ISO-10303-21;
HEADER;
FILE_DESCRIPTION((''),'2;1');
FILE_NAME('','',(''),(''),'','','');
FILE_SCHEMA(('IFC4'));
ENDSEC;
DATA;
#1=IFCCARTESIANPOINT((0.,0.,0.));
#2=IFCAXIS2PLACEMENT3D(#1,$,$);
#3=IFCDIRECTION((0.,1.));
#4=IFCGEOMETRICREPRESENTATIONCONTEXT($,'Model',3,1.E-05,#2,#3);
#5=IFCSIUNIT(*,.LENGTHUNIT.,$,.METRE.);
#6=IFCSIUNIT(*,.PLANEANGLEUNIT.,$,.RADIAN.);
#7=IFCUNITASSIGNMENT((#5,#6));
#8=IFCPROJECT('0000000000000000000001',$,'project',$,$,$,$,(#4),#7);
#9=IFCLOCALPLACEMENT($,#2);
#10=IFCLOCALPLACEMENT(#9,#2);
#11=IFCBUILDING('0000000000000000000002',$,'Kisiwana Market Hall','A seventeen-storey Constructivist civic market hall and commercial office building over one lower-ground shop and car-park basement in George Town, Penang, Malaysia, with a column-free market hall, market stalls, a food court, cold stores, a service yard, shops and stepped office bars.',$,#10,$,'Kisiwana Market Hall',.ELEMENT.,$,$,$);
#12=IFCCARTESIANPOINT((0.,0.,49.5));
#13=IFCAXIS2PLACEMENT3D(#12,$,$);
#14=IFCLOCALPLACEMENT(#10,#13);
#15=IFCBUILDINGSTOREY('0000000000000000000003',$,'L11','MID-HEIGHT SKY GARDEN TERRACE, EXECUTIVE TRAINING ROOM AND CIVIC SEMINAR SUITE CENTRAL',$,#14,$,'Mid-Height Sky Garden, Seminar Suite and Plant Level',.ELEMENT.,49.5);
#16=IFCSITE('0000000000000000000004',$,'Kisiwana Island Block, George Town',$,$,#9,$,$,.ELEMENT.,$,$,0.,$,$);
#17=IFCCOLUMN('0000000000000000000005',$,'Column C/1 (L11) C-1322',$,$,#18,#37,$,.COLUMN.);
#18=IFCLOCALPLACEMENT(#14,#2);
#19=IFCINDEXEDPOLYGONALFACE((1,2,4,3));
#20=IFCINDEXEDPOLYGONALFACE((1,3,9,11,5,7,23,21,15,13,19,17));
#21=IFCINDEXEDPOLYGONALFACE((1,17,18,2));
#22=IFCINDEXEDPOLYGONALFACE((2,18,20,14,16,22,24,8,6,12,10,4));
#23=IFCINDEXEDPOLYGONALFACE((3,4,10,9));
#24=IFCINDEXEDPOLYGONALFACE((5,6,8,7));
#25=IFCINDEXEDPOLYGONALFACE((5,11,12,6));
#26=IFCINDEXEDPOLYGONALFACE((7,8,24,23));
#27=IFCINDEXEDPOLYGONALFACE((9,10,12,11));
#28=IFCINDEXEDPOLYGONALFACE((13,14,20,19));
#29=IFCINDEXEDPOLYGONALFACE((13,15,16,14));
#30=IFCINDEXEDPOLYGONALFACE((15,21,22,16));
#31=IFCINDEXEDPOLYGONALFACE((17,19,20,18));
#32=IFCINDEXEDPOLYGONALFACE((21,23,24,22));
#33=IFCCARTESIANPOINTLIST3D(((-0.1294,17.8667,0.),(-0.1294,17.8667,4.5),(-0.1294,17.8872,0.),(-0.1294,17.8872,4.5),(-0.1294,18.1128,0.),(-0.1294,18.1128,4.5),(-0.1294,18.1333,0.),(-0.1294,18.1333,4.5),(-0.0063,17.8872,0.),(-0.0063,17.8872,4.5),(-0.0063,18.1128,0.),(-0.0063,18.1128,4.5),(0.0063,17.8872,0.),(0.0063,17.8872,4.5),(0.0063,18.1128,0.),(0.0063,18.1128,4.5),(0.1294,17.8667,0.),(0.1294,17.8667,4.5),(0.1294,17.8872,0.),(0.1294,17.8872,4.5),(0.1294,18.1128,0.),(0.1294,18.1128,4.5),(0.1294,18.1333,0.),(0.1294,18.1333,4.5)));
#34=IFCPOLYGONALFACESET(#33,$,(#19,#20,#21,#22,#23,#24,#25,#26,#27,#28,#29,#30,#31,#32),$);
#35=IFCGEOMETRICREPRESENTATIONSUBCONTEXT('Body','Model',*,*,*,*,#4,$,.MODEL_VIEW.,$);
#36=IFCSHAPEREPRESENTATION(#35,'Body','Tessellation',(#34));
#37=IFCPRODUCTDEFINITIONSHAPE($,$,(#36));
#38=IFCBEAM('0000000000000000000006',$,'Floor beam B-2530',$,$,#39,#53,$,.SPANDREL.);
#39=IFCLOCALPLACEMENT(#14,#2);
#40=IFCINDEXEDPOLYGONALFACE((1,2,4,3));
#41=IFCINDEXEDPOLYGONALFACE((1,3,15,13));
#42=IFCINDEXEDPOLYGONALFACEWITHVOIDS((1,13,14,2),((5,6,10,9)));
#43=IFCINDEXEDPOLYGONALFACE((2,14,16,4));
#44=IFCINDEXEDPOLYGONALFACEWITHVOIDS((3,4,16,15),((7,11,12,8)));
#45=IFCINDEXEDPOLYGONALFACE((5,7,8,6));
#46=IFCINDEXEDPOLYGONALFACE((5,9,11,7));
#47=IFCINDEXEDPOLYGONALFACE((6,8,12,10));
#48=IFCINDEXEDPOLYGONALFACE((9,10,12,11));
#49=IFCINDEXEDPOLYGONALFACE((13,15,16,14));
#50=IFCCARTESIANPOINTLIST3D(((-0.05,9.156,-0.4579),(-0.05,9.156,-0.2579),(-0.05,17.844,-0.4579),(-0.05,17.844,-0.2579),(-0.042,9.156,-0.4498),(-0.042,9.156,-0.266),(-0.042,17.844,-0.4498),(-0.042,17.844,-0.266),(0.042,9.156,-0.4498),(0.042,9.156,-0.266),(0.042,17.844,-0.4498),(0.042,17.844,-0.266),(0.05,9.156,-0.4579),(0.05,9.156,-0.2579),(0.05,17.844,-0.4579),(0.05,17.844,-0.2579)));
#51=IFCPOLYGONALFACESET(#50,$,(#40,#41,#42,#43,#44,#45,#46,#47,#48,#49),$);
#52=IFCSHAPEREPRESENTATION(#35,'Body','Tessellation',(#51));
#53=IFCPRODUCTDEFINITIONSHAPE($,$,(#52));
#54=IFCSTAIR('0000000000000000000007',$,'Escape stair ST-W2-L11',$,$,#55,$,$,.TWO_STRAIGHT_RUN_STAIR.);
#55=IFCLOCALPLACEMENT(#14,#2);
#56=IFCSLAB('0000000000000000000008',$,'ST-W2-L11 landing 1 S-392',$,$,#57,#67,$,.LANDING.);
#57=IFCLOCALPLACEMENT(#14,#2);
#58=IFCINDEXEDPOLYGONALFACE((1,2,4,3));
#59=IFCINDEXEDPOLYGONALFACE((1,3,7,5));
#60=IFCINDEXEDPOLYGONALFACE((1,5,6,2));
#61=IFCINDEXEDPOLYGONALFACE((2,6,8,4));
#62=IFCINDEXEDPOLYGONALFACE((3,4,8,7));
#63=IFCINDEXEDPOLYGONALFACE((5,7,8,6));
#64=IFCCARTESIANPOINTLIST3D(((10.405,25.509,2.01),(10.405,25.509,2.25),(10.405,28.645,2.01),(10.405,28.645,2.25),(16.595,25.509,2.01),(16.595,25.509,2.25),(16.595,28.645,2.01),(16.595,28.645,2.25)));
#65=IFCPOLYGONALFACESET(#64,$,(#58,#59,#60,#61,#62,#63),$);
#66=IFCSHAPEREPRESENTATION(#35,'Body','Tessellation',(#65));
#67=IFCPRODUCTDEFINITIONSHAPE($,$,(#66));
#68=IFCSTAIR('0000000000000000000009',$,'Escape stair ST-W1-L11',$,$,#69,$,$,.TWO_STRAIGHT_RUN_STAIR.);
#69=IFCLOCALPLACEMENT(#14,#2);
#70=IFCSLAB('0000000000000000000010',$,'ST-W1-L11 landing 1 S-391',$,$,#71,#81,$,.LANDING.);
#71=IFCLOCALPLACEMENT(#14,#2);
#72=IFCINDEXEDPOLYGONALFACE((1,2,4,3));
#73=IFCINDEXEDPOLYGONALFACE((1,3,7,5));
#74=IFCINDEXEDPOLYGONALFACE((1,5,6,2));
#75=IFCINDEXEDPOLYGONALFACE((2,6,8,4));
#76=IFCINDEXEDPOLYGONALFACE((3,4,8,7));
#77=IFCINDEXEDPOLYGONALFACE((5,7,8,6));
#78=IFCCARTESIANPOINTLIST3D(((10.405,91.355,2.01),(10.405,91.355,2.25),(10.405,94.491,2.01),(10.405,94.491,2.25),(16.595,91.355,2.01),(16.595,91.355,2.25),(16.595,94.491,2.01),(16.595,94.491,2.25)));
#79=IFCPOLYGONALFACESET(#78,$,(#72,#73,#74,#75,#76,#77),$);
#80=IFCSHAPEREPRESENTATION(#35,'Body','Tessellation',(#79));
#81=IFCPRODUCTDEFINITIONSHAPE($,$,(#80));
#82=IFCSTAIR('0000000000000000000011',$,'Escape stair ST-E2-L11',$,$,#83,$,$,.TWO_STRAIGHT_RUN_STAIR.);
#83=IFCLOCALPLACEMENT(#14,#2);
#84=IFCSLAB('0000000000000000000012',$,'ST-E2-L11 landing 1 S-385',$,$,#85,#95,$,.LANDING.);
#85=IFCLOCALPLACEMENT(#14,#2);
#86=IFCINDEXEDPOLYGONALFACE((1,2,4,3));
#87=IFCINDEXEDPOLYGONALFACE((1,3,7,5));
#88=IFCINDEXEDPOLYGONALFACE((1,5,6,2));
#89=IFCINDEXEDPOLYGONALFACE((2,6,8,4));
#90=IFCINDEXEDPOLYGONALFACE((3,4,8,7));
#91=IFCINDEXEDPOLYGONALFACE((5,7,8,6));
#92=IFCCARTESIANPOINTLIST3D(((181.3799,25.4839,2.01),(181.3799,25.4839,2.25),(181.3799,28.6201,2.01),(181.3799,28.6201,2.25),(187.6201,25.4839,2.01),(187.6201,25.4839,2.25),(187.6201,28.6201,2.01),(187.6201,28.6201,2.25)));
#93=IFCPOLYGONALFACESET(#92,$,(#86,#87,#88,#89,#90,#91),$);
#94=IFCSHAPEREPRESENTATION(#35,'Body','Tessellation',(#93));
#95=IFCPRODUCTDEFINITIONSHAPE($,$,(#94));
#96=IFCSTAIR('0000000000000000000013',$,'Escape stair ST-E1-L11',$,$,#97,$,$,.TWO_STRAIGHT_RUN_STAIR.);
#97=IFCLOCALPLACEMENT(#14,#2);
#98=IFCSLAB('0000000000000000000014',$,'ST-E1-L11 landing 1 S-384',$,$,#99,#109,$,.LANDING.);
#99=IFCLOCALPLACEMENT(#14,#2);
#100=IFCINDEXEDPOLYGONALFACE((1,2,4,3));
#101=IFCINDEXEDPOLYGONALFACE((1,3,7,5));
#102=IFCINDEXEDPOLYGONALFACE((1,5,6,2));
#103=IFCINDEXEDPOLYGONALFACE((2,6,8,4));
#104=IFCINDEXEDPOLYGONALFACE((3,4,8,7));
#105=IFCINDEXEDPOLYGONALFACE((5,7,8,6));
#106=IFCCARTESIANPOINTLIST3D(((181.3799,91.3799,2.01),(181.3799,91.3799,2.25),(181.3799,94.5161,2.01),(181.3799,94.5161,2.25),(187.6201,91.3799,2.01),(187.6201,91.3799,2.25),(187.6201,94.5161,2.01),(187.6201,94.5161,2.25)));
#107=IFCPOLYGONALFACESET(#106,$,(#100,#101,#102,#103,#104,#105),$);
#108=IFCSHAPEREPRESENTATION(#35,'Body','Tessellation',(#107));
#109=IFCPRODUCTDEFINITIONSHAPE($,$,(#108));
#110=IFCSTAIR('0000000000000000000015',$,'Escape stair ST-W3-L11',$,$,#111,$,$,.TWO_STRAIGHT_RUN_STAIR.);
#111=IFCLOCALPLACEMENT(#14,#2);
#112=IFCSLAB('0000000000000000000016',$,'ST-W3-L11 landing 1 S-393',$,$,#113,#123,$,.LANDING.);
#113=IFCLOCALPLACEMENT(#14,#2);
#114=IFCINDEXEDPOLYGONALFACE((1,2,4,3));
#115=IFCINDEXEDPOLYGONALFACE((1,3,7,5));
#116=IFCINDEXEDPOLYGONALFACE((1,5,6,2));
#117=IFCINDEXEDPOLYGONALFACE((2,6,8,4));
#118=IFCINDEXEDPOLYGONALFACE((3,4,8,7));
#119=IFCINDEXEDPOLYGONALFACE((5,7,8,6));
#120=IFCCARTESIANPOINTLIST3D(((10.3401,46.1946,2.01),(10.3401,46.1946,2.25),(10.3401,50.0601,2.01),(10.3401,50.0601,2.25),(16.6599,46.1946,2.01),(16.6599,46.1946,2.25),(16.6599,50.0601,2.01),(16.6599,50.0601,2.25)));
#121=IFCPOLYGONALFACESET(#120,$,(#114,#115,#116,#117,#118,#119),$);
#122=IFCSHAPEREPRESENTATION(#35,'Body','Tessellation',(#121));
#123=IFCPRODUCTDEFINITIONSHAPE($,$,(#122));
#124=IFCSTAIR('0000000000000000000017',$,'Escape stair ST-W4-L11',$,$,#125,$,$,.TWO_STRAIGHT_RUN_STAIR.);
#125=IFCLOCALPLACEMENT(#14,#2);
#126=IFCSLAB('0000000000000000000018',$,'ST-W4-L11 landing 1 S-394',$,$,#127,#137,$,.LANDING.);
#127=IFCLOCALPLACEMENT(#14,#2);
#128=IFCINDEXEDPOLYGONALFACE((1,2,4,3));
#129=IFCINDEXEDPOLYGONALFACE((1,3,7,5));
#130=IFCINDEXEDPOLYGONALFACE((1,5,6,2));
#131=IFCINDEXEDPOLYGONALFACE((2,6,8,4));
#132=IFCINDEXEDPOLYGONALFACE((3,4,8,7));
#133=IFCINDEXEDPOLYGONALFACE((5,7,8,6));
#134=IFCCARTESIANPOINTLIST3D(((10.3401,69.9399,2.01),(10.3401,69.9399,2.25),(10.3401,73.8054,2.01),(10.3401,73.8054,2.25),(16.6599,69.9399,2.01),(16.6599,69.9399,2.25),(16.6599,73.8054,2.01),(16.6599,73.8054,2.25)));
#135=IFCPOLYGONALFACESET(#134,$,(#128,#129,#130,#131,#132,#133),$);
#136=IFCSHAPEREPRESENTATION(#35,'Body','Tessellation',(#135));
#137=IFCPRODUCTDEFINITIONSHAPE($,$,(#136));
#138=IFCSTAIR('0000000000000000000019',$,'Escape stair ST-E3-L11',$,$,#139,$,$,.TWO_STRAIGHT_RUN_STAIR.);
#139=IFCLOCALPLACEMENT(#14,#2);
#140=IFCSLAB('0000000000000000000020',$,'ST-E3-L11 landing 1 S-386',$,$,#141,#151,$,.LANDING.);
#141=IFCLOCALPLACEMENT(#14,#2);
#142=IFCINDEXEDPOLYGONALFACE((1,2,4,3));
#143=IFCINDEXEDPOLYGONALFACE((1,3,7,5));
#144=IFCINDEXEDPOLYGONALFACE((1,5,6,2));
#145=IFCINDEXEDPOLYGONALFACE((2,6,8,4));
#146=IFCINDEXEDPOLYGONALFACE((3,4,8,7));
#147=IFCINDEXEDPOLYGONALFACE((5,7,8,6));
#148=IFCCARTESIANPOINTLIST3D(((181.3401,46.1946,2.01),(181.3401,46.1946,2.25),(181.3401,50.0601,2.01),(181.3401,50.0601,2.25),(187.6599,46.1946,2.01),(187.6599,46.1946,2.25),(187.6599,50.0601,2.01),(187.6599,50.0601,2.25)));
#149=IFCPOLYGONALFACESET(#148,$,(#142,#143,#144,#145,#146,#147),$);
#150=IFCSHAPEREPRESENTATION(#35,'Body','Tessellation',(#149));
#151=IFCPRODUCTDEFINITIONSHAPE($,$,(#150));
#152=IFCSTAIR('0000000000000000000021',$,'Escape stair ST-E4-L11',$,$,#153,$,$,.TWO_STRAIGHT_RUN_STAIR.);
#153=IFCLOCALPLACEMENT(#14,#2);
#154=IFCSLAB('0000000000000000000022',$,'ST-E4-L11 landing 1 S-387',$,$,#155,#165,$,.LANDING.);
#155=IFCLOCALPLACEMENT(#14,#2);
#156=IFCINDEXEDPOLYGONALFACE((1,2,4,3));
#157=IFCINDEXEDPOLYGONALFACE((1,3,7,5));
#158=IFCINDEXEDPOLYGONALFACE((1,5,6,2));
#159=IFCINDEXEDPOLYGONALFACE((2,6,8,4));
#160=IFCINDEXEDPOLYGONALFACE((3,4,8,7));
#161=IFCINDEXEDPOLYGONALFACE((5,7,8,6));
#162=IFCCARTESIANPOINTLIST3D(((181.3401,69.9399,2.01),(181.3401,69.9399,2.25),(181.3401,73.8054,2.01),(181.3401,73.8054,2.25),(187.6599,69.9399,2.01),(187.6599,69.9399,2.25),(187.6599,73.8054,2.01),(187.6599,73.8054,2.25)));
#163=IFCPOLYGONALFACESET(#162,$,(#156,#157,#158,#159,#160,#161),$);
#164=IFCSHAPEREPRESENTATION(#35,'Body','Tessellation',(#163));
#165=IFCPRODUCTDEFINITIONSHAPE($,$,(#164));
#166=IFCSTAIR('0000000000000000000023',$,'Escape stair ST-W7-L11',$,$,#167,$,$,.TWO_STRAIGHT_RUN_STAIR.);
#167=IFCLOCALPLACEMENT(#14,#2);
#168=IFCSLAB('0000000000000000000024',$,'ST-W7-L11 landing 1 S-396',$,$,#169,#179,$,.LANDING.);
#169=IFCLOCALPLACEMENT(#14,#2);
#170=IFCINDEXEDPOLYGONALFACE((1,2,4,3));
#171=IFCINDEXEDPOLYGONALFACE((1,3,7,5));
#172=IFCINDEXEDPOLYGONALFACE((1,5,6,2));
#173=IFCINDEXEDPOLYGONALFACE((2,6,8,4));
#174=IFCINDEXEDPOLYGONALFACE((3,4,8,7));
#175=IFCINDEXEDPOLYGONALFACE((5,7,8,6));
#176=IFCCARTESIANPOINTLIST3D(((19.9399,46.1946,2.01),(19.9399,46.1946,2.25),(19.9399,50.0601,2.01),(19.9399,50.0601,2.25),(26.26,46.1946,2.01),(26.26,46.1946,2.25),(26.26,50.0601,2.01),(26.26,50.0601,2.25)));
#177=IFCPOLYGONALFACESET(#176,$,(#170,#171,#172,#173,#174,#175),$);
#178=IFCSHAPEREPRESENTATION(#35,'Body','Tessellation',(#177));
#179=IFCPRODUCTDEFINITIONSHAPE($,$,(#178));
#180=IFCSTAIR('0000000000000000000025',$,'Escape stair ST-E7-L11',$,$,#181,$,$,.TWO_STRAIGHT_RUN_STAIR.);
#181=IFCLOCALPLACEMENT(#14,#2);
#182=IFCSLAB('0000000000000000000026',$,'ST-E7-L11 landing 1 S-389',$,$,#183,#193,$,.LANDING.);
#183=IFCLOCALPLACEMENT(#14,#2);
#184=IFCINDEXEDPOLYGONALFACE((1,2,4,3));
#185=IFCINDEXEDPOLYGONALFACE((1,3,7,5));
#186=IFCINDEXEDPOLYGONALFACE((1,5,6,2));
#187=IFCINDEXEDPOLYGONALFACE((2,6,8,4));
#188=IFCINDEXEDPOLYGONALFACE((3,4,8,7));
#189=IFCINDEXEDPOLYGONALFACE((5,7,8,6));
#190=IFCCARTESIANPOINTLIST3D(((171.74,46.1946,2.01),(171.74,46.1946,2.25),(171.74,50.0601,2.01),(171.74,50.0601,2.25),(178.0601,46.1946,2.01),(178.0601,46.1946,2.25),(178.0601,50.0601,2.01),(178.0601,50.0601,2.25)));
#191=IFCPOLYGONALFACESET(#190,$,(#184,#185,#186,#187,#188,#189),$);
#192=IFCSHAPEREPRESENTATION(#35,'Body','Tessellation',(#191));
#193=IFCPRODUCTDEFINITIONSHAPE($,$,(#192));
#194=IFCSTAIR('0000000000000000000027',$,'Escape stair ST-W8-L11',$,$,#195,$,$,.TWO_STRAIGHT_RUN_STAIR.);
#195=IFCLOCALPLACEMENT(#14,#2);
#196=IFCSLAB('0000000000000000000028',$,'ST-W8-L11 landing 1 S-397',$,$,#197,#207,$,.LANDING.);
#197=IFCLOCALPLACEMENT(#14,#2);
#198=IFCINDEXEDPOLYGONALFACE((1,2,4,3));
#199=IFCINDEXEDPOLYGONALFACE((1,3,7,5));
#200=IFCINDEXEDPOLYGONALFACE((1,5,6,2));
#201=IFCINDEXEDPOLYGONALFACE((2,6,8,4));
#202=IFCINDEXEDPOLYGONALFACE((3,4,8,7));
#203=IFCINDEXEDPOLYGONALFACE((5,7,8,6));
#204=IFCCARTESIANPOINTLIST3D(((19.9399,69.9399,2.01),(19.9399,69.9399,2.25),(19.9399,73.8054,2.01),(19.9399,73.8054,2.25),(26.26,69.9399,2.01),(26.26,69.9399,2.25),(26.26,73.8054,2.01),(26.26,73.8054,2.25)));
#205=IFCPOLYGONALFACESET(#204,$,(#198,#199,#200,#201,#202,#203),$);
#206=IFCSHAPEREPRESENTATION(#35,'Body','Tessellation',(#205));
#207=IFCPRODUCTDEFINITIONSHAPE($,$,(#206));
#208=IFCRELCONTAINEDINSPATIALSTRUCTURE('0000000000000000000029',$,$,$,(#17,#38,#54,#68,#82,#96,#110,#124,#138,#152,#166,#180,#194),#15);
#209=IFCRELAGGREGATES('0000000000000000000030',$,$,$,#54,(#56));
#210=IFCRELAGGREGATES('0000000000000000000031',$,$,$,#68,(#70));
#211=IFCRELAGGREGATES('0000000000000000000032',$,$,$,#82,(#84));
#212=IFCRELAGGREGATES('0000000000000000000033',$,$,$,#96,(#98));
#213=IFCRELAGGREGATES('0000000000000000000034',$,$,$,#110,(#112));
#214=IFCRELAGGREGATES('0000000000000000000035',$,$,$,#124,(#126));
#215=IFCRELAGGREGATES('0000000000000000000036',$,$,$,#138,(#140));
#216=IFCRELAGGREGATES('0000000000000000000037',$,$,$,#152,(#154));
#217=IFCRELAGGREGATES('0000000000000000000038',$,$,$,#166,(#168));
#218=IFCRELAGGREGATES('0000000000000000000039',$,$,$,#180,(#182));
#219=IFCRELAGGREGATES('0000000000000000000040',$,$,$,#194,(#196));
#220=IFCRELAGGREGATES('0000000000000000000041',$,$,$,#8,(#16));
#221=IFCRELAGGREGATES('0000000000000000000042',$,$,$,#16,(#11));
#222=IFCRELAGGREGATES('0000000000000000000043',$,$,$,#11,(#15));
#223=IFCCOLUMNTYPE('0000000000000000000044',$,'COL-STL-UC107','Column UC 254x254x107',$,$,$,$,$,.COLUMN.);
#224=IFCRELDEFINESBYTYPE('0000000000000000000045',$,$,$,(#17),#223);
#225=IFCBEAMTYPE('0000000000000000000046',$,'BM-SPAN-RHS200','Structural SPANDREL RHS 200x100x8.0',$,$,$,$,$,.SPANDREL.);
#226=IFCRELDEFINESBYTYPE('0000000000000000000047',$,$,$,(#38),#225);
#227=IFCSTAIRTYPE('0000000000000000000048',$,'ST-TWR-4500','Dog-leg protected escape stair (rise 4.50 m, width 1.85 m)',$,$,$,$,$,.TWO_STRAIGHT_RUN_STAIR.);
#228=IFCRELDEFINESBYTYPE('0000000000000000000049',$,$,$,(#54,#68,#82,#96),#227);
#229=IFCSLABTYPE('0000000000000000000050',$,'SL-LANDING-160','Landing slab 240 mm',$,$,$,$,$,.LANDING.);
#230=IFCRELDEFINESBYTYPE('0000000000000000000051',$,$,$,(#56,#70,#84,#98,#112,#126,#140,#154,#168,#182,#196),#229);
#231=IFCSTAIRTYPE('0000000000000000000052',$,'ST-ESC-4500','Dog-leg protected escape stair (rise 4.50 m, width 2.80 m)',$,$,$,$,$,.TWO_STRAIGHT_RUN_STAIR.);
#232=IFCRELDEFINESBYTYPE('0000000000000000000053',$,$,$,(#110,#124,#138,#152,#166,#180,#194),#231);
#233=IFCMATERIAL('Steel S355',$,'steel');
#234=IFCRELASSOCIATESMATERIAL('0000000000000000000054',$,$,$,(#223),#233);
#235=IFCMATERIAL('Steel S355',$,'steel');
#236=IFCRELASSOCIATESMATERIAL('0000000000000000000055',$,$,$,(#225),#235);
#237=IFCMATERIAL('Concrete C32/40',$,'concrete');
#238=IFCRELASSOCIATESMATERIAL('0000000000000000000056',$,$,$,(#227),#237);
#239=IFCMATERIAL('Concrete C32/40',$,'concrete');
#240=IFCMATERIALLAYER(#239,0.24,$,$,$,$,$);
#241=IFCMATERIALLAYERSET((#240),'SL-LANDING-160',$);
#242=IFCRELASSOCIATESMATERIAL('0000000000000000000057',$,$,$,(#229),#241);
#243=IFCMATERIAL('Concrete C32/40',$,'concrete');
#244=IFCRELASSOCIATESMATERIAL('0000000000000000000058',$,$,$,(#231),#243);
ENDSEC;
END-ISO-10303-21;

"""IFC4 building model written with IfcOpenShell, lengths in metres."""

from ifc_helpers import new_model, si_unit, direction, frame, origin, origin_2d, place, context, subcontext, project, spatial, polyline, hollow_rectangle, i_section, outline, extrude, material, layer, layer_set, material_profile, profile_set, type_object, element, aggregate, save


model = new_model("IFC4")

# Units and contexts
model_context = context("Model", 3, precision=1e-05, world=origin(), true_north=direction((0.0, 1.0)))
body_context = subcontext(model_context, "Body", "Model", "MODEL_VIEW")
ifc_project = project(units=[si_unit("LENGTHUNIT", "METRE"), si_unit("PLANEANGLEUNIT", "RADIAN")], contexts=[model_context])

# Site, building, storey
site_placement = place(None, origin())
site = spatial("IfcSite", under=ifc_project, at=site_placement, Name="Kisiwana Island Block, George Town", CompositionType="ELEMENT", RefElevation=0.0)
building_placement = place(site_placement, origin())
building = spatial("IfcBuilding", under=site, at=building_placement, Name="Kisiwana Market Hall", Description="A seventeen-storey Constructivist civic market hall and commercial office building over one lower-ground shop and car-park basement in George Town, Penang, Malaysia, with a column-free market hall, market stalls, a food court, cold stores, a service yard, shops and stepped office bars.", LongName="Kisiwana Market Hall", CompositionType="ELEMENT")
storey_placement = place(building_placement, frame((0.0, 0.0, 49.5)))
storey = spatial("IfcBuildingStorey", under=building, at=storey_placement, Name="L11", Description="MID-HEIGHT SKY GARDEN TERRACE, EXECUTIVE TRAINING ROOM AND CIVIC SEMINAR SUITE CENTRAL", LongName="Mid-Height Sky Garden, Seminar Suite and Plant Level", CompositionType="ELEMENT", Elevation=49.5)

# Column
ifc_material_1 = material(Name="Steel S355", Category="steel")
ifc_material_profile_1 = material_profile(ifc_material_1, i_section(OverallWidth=0.2588, OverallDepth=0.2666, WebThickness=0.0127, FlangeThickness=0.0205, at=origin_2d()), Name="UC 254x254x107")
ifc_profile_set_1 = profile_set([ifc_material_profile_1], Name="Steel S355")
column_type = type_object("IfcColumnType", Name="COL-STL-UC107", Description="Column UC 254x254x107", PredefinedType="COLUMN", material=ifc_profile_set_1)
column_placement = place(storey_placement, frame((0.0, 18.0, 0.0), z_axis=(0.0, 0.0, 1.0), x_axis=(1.0, 0.0, 0.0)))
element("IfcColumn", 1, at=column_placement, inside=storey, type_object=column_type, Name="Column C/1 (L11) C-1322", PredefinedType="COLUMN", context=body_context, shape_type="SweptSolid", body=[
    extrude(i_section(OverallWidth=0.2588, OverallDepth=0.2666, WebThickness=0.0127, FlangeThickness=0.0205, at=origin_2d()), origin(), (0.0, 0.0, 1.0), 4.5),
])

# Beam
ifc_material_2 = material(Name="Steel S355", Category="steel")
ifc_material_profile_2 = material_profile(ifc_material_2, hollow_rectangle(XDim=0.1001, YDim=0.2, WallThickness=0.0081, at=origin_2d()), Name="RHS 200x100x8.0")
ifc_profile_set_2 = profile_set([ifc_material_profile_2], Name="Steel S355")
beam_type = type_object("IfcBeamType", Name="BM-SPAN-RHS200", Description="Structural SPANDREL RHS 200x100x8.0", PredefinedType="SPANDREL", material=ifc_profile_set_2)
beam_placement = place(storey_placement, frame((0.0, 9.156, -0.3579), z_axis=(0.0, 1.0, 0.0), x_axis=(-1.0, 0.0, 0.0)))
element("IfcBeam", 2, at=beam_placement, inside=storey, type_object=beam_type, Name="Floor beam B-2530", PredefinedType="SPANDREL", context=body_context, shape_type="SweptSolid", body=[
    extrude(hollow_rectangle(XDim=0.1001, YDim=0.2, WallThickness=0.0081, at=origin_2d()), origin(), (0.0, 0.0, 1.0), 8.688),
])

# Stairs, slabs
ifc_material_3 = material(Name="Concrete C32/40", Category="concrete")
stair_type_1 = type_object("IfcStairType", Name="ST-TWR-4500", Description="Dog-leg protected escape stair (rise 4.50 m, width 1.85 m)", PredefinedType="TWO_STRAIGHT_RUN_STAIR", material=ifc_material_3)
stair_1_placement = place(storey_placement, origin())
stair_1 = element("IfcStair", 3, at=stair_1_placement, inside=storey, type_object=stair_type_1, Name="Escape stair ST-W2-L11", PredefinedType="TWO_STRAIGHT_RUN_STAIR")
ifc_material_4 = material(Name="Concrete C32/40", Category="concrete")
ifc_layer_1 = layer(ifc_material_4, 0.24)
ifc_layer_set_1 = layer_set([ifc_layer_1], Name="SL-LANDING-160")
slab_type_1 = type_object("IfcSlabType", Name="SL-LANDING-160", Description="Landing slab 240 mm", PredefinedType="LANDING", material=ifc_layer_set_1)
slab_1_placement = place(storey_placement, frame((0.0, 0.0, 2.01)))
slab_1 = element("IfcSlab", 4, at=slab_1_placement, type_object=slab_type_1, Name="ST-W2-L11 landing 1 S-392", PredefinedType="LANDING", context=body_context, shape_type="SweptSolid", body=[
    extrude(outline(polyline([(10.405, 25.509), (16.595, 25.509), (16.595, 28.645), (10.405, 28.645), (10.405, 25.509)])), origin(), (0.0, 0.0, 1.0), 0.24),
])
aggregate(stair_1, [slab_1])
stair_2_placement = place(storey_placement, origin())
stair_2 = element("IfcStair", 5, at=stair_2_placement, inside=storey, type_object=stair_type_1, Name="Escape stair ST-W1-L11", PredefinedType="TWO_STRAIGHT_RUN_STAIR")
slab_2_placement = place(storey_placement, frame((0.0, 0.0, 2.01)))
slab_2 = element("IfcSlab", 6, at=slab_2_placement, type_object=slab_type_1, Name="ST-W1-L11 landing 1 S-391", PredefinedType="LANDING", context=body_context, shape_type="SweptSolid", body=[
    extrude(outline(polyline([(10.405, 91.355), (16.595, 91.355), (16.595, 94.491), (10.405, 94.491), (10.405, 91.355)])), origin(), (0.0, 0.0, 1.0), 0.24),
])
aggregate(stair_2, [slab_2])
stair_3_placement = place(storey_placement, origin())
stair_3 = element("IfcStair", 7, at=stair_3_placement, inside=storey, type_object=stair_type_1, Name="Escape stair ST-E2-L11", PredefinedType="TWO_STRAIGHT_RUN_STAIR")
slab_3_placement = place(storey_placement, frame((0.0, 0.0, 2.01)))
slab_3 = element("IfcSlab", 8, at=slab_3_placement, type_object=slab_type_1, Name="ST-E2-L11 landing 1 S-385", PredefinedType="LANDING", context=body_context, shape_type="SweptSolid", body=[
    extrude(outline(polyline([(181.3799, 25.4839), (187.6201, 25.4839), (187.6201, 28.6201), (181.3799, 28.6201), (181.3799, 25.4839)])), origin(), (0.0, 0.0, 1.0), 0.24),
])
aggregate(stair_3, [slab_3])
stair_4_placement = place(storey_placement, origin())
stair_4 = element("IfcStair", 9, at=stair_4_placement, inside=storey, type_object=stair_type_1, Name="Escape stair ST-E1-L11", PredefinedType="TWO_STRAIGHT_RUN_STAIR")
slab_4_placement = place(storey_placement, frame((0.0, 0.0, 2.01)))
slab_4 = element("IfcSlab", 10, at=slab_4_placement, type_object=slab_type_1, Name="ST-E1-L11 landing 1 S-384", PredefinedType="LANDING", context=body_context, shape_type="SweptSolid", body=[
    extrude(outline(polyline([(181.3799, 91.3799), (187.6201, 91.3799), (187.6201, 94.5161), (181.3799, 94.5161), (181.3799, 91.3799)])), origin(), (0.0, 0.0, 1.0), 0.24),
])
aggregate(stair_4, [slab_4])
ifc_material_5 = material(Name="Concrete C32/40", Category="concrete")
stair_type_2 = type_object("IfcStairType", Name="ST-ESC-4500", Description="Dog-leg protected escape stair (rise 4.50 m, width 2.80 m)", PredefinedType="TWO_STRAIGHT_RUN_STAIR", material=ifc_material_5)
stair_5_placement = place(storey_placement, origin())
stair_5 = element("IfcStair", 11, at=stair_5_placement, inside=storey, type_object=stair_type_2, Name="Escape stair ST-W3-L11", PredefinedType="TWO_STRAIGHT_RUN_STAIR")
slab_5_placement = place(storey_placement, frame((0.0, 0.0, 2.01)))
slab_5 = element("IfcSlab", 12, at=slab_5_placement, type_object=slab_type_1, Name="ST-W3-L11 landing 1 S-393", PredefinedType="LANDING", context=body_context, shape_type="SweptSolid", body=[
    extrude(outline(polyline([(10.3401, 46.1946), (16.6599, 46.1946), (16.6599, 50.0601), (10.3401, 50.0601), (10.3401, 46.1946)])), origin(), (0.0, 0.0, 1.0), 0.24),
])
aggregate(stair_5, [slab_5])
stair_6_placement = place(storey_placement, origin())
stair_6 = element("IfcStair", 13, at=stair_6_placement, inside=storey, type_object=stair_type_2, Name="Escape stair ST-W4-L11", PredefinedType="TWO_STRAIGHT_RUN_STAIR")
slab_6_placement = place(storey_placement, frame((0.0, 0.0, 2.01)))
slab_6 = element("IfcSlab", 14, at=slab_6_placement, type_object=slab_type_1, Name="ST-W4-L11 landing 1 S-394", PredefinedType="LANDING", context=body_context, shape_type="SweptSolid", body=[
    extrude(outline(polyline([(10.3401, 69.9399), (16.6599, 69.9399), (16.6599, 73.8054), (10.3401, 73.8054), (10.3401, 69.9399)])), origin(), (0.0, 0.0, 1.0), 0.24),
])
aggregate(stair_6, [slab_6])
stair_7_placement = place(storey_placement, origin())
stair_7 = element("IfcStair", 15, at=stair_7_placement, inside=storey, type_object=stair_type_2, Name="Escape stair ST-E3-L11", PredefinedType="TWO_STRAIGHT_RUN_STAIR")
slab_7_placement = place(storey_placement, frame((0.0, 0.0, 2.01)))
slab_7 = element("IfcSlab", 16, at=slab_7_placement, type_object=slab_type_1, Name="ST-E3-L11 landing 1 S-386", PredefinedType="LANDING", context=body_context, shape_type="SweptSolid", body=[
    extrude(outline(polyline([(181.3401, 46.1946), (187.6599, 46.1946), (187.6599, 50.0601), (181.3401, 50.0601), (181.3401, 46.1946)])), origin(), (0.0, 0.0, 1.0), 0.24),
])
aggregate(stair_7, [slab_7])
stair_8_placement = place(storey_placement, origin())
stair_8 = element("IfcStair", 17, at=stair_8_placement, inside=storey, type_object=stair_type_2, Name="Escape stair ST-E4-L11", PredefinedType="TWO_STRAIGHT_RUN_STAIR")
slab_8_placement = place(storey_placement, frame((0.0, 0.0, 2.01)))
slab_8 = element("IfcSlab", 18, at=slab_8_placement, type_object=slab_type_1, Name="ST-E4-L11 landing 1 S-387", PredefinedType="LANDING", context=body_context, shape_type="SweptSolid", body=[
    extrude(outline(polyline([(181.3401, 69.9399), (187.6599, 69.9399), (187.6599, 73.8054), (181.3401, 73.8054), (181.3401, 69.9399)])), origin(), (0.0, 0.0, 1.0), 0.24),
])
aggregate(stair_8, [slab_8])
stair_9_placement = place(storey_placement, origin())
stair_9 = element("IfcStair", 19, at=stair_9_placement, inside=storey, type_object=stair_type_2, Name="Escape stair ST-W7-L11", PredefinedType="TWO_STRAIGHT_RUN_STAIR")
slab_9_placement = place(storey_placement, frame((0.0, 0.0, 2.01)))
slab_9 = element("IfcSlab", 20, at=slab_9_placement, type_object=slab_type_1, Name="ST-W7-L11 landing 1 S-396", PredefinedType="LANDING", context=body_context, shape_type="SweptSolid", body=[
    extrude(outline(polyline([(19.9399, 46.1946), (26.26, 46.1946), (26.26, 50.0601), (19.9399, 50.0601), (19.9399, 46.1946)])), origin(), (0.0, 0.0, 1.0), 0.24),
])
aggregate(stair_9, [slab_9])
stair_10_placement = place(storey_placement, origin())
stair_10 = element("IfcStair", 21, at=stair_10_placement, inside=storey, type_object=stair_type_2, Name="Escape stair ST-E7-L11", PredefinedType="TWO_STRAIGHT_RUN_STAIR")
slab_10_placement = place(storey_placement, frame((0.0, 0.0, 2.01)))
slab_10 = element("IfcSlab", 22, at=slab_10_placement, type_object=slab_type_1, Name="ST-E7-L11 landing 1 S-389", PredefinedType="LANDING", context=body_context, shape_type="SweptSolid", body=[
    extrude(outline(polyline([(171.74, 46.1946), (178.0601, 46.1946), (178.0601, 50.0601), (171.74, 50.0601), (171.74, 46.1946)])), origin(), (0.0, 0.0, 1.0), 0.24),
])
aggregate(stair_10, [slab_10])
stair_11_placement = place(storey_placement, origin())
stair_11 = element("IfcStair", 23, at=stair_11_placement, inside=storey, type_object=stair_type_2, Name="Escape stair ST-W8-L11", PredefinedType="TWO_STRAIGHT_RUN_STAIR")
slab_11_placement = place(storey_placement, frame((0.0, 0.0, 2.01)))
slab_11 = element("IfcSlab", 24, at=slab_11_placement, type_object=slab_type_1, Name="ST-W8-L11 landing 1 S-397", PredefinedType="LANDING", context=body_context, shape_type="SweptSolid", body=[
    extrude(outline(polyline([(19.9399, 69.9399), (26.26, 69.9399), (26.26, 73.8054), (19.9399, 73.8054), (19.9399, 69.9399)])), origin(), (0.0, 0.0, 1.0), 0.24),
])
aggregate(stair_11, [slab_11])

save(model, "model.ifc")
